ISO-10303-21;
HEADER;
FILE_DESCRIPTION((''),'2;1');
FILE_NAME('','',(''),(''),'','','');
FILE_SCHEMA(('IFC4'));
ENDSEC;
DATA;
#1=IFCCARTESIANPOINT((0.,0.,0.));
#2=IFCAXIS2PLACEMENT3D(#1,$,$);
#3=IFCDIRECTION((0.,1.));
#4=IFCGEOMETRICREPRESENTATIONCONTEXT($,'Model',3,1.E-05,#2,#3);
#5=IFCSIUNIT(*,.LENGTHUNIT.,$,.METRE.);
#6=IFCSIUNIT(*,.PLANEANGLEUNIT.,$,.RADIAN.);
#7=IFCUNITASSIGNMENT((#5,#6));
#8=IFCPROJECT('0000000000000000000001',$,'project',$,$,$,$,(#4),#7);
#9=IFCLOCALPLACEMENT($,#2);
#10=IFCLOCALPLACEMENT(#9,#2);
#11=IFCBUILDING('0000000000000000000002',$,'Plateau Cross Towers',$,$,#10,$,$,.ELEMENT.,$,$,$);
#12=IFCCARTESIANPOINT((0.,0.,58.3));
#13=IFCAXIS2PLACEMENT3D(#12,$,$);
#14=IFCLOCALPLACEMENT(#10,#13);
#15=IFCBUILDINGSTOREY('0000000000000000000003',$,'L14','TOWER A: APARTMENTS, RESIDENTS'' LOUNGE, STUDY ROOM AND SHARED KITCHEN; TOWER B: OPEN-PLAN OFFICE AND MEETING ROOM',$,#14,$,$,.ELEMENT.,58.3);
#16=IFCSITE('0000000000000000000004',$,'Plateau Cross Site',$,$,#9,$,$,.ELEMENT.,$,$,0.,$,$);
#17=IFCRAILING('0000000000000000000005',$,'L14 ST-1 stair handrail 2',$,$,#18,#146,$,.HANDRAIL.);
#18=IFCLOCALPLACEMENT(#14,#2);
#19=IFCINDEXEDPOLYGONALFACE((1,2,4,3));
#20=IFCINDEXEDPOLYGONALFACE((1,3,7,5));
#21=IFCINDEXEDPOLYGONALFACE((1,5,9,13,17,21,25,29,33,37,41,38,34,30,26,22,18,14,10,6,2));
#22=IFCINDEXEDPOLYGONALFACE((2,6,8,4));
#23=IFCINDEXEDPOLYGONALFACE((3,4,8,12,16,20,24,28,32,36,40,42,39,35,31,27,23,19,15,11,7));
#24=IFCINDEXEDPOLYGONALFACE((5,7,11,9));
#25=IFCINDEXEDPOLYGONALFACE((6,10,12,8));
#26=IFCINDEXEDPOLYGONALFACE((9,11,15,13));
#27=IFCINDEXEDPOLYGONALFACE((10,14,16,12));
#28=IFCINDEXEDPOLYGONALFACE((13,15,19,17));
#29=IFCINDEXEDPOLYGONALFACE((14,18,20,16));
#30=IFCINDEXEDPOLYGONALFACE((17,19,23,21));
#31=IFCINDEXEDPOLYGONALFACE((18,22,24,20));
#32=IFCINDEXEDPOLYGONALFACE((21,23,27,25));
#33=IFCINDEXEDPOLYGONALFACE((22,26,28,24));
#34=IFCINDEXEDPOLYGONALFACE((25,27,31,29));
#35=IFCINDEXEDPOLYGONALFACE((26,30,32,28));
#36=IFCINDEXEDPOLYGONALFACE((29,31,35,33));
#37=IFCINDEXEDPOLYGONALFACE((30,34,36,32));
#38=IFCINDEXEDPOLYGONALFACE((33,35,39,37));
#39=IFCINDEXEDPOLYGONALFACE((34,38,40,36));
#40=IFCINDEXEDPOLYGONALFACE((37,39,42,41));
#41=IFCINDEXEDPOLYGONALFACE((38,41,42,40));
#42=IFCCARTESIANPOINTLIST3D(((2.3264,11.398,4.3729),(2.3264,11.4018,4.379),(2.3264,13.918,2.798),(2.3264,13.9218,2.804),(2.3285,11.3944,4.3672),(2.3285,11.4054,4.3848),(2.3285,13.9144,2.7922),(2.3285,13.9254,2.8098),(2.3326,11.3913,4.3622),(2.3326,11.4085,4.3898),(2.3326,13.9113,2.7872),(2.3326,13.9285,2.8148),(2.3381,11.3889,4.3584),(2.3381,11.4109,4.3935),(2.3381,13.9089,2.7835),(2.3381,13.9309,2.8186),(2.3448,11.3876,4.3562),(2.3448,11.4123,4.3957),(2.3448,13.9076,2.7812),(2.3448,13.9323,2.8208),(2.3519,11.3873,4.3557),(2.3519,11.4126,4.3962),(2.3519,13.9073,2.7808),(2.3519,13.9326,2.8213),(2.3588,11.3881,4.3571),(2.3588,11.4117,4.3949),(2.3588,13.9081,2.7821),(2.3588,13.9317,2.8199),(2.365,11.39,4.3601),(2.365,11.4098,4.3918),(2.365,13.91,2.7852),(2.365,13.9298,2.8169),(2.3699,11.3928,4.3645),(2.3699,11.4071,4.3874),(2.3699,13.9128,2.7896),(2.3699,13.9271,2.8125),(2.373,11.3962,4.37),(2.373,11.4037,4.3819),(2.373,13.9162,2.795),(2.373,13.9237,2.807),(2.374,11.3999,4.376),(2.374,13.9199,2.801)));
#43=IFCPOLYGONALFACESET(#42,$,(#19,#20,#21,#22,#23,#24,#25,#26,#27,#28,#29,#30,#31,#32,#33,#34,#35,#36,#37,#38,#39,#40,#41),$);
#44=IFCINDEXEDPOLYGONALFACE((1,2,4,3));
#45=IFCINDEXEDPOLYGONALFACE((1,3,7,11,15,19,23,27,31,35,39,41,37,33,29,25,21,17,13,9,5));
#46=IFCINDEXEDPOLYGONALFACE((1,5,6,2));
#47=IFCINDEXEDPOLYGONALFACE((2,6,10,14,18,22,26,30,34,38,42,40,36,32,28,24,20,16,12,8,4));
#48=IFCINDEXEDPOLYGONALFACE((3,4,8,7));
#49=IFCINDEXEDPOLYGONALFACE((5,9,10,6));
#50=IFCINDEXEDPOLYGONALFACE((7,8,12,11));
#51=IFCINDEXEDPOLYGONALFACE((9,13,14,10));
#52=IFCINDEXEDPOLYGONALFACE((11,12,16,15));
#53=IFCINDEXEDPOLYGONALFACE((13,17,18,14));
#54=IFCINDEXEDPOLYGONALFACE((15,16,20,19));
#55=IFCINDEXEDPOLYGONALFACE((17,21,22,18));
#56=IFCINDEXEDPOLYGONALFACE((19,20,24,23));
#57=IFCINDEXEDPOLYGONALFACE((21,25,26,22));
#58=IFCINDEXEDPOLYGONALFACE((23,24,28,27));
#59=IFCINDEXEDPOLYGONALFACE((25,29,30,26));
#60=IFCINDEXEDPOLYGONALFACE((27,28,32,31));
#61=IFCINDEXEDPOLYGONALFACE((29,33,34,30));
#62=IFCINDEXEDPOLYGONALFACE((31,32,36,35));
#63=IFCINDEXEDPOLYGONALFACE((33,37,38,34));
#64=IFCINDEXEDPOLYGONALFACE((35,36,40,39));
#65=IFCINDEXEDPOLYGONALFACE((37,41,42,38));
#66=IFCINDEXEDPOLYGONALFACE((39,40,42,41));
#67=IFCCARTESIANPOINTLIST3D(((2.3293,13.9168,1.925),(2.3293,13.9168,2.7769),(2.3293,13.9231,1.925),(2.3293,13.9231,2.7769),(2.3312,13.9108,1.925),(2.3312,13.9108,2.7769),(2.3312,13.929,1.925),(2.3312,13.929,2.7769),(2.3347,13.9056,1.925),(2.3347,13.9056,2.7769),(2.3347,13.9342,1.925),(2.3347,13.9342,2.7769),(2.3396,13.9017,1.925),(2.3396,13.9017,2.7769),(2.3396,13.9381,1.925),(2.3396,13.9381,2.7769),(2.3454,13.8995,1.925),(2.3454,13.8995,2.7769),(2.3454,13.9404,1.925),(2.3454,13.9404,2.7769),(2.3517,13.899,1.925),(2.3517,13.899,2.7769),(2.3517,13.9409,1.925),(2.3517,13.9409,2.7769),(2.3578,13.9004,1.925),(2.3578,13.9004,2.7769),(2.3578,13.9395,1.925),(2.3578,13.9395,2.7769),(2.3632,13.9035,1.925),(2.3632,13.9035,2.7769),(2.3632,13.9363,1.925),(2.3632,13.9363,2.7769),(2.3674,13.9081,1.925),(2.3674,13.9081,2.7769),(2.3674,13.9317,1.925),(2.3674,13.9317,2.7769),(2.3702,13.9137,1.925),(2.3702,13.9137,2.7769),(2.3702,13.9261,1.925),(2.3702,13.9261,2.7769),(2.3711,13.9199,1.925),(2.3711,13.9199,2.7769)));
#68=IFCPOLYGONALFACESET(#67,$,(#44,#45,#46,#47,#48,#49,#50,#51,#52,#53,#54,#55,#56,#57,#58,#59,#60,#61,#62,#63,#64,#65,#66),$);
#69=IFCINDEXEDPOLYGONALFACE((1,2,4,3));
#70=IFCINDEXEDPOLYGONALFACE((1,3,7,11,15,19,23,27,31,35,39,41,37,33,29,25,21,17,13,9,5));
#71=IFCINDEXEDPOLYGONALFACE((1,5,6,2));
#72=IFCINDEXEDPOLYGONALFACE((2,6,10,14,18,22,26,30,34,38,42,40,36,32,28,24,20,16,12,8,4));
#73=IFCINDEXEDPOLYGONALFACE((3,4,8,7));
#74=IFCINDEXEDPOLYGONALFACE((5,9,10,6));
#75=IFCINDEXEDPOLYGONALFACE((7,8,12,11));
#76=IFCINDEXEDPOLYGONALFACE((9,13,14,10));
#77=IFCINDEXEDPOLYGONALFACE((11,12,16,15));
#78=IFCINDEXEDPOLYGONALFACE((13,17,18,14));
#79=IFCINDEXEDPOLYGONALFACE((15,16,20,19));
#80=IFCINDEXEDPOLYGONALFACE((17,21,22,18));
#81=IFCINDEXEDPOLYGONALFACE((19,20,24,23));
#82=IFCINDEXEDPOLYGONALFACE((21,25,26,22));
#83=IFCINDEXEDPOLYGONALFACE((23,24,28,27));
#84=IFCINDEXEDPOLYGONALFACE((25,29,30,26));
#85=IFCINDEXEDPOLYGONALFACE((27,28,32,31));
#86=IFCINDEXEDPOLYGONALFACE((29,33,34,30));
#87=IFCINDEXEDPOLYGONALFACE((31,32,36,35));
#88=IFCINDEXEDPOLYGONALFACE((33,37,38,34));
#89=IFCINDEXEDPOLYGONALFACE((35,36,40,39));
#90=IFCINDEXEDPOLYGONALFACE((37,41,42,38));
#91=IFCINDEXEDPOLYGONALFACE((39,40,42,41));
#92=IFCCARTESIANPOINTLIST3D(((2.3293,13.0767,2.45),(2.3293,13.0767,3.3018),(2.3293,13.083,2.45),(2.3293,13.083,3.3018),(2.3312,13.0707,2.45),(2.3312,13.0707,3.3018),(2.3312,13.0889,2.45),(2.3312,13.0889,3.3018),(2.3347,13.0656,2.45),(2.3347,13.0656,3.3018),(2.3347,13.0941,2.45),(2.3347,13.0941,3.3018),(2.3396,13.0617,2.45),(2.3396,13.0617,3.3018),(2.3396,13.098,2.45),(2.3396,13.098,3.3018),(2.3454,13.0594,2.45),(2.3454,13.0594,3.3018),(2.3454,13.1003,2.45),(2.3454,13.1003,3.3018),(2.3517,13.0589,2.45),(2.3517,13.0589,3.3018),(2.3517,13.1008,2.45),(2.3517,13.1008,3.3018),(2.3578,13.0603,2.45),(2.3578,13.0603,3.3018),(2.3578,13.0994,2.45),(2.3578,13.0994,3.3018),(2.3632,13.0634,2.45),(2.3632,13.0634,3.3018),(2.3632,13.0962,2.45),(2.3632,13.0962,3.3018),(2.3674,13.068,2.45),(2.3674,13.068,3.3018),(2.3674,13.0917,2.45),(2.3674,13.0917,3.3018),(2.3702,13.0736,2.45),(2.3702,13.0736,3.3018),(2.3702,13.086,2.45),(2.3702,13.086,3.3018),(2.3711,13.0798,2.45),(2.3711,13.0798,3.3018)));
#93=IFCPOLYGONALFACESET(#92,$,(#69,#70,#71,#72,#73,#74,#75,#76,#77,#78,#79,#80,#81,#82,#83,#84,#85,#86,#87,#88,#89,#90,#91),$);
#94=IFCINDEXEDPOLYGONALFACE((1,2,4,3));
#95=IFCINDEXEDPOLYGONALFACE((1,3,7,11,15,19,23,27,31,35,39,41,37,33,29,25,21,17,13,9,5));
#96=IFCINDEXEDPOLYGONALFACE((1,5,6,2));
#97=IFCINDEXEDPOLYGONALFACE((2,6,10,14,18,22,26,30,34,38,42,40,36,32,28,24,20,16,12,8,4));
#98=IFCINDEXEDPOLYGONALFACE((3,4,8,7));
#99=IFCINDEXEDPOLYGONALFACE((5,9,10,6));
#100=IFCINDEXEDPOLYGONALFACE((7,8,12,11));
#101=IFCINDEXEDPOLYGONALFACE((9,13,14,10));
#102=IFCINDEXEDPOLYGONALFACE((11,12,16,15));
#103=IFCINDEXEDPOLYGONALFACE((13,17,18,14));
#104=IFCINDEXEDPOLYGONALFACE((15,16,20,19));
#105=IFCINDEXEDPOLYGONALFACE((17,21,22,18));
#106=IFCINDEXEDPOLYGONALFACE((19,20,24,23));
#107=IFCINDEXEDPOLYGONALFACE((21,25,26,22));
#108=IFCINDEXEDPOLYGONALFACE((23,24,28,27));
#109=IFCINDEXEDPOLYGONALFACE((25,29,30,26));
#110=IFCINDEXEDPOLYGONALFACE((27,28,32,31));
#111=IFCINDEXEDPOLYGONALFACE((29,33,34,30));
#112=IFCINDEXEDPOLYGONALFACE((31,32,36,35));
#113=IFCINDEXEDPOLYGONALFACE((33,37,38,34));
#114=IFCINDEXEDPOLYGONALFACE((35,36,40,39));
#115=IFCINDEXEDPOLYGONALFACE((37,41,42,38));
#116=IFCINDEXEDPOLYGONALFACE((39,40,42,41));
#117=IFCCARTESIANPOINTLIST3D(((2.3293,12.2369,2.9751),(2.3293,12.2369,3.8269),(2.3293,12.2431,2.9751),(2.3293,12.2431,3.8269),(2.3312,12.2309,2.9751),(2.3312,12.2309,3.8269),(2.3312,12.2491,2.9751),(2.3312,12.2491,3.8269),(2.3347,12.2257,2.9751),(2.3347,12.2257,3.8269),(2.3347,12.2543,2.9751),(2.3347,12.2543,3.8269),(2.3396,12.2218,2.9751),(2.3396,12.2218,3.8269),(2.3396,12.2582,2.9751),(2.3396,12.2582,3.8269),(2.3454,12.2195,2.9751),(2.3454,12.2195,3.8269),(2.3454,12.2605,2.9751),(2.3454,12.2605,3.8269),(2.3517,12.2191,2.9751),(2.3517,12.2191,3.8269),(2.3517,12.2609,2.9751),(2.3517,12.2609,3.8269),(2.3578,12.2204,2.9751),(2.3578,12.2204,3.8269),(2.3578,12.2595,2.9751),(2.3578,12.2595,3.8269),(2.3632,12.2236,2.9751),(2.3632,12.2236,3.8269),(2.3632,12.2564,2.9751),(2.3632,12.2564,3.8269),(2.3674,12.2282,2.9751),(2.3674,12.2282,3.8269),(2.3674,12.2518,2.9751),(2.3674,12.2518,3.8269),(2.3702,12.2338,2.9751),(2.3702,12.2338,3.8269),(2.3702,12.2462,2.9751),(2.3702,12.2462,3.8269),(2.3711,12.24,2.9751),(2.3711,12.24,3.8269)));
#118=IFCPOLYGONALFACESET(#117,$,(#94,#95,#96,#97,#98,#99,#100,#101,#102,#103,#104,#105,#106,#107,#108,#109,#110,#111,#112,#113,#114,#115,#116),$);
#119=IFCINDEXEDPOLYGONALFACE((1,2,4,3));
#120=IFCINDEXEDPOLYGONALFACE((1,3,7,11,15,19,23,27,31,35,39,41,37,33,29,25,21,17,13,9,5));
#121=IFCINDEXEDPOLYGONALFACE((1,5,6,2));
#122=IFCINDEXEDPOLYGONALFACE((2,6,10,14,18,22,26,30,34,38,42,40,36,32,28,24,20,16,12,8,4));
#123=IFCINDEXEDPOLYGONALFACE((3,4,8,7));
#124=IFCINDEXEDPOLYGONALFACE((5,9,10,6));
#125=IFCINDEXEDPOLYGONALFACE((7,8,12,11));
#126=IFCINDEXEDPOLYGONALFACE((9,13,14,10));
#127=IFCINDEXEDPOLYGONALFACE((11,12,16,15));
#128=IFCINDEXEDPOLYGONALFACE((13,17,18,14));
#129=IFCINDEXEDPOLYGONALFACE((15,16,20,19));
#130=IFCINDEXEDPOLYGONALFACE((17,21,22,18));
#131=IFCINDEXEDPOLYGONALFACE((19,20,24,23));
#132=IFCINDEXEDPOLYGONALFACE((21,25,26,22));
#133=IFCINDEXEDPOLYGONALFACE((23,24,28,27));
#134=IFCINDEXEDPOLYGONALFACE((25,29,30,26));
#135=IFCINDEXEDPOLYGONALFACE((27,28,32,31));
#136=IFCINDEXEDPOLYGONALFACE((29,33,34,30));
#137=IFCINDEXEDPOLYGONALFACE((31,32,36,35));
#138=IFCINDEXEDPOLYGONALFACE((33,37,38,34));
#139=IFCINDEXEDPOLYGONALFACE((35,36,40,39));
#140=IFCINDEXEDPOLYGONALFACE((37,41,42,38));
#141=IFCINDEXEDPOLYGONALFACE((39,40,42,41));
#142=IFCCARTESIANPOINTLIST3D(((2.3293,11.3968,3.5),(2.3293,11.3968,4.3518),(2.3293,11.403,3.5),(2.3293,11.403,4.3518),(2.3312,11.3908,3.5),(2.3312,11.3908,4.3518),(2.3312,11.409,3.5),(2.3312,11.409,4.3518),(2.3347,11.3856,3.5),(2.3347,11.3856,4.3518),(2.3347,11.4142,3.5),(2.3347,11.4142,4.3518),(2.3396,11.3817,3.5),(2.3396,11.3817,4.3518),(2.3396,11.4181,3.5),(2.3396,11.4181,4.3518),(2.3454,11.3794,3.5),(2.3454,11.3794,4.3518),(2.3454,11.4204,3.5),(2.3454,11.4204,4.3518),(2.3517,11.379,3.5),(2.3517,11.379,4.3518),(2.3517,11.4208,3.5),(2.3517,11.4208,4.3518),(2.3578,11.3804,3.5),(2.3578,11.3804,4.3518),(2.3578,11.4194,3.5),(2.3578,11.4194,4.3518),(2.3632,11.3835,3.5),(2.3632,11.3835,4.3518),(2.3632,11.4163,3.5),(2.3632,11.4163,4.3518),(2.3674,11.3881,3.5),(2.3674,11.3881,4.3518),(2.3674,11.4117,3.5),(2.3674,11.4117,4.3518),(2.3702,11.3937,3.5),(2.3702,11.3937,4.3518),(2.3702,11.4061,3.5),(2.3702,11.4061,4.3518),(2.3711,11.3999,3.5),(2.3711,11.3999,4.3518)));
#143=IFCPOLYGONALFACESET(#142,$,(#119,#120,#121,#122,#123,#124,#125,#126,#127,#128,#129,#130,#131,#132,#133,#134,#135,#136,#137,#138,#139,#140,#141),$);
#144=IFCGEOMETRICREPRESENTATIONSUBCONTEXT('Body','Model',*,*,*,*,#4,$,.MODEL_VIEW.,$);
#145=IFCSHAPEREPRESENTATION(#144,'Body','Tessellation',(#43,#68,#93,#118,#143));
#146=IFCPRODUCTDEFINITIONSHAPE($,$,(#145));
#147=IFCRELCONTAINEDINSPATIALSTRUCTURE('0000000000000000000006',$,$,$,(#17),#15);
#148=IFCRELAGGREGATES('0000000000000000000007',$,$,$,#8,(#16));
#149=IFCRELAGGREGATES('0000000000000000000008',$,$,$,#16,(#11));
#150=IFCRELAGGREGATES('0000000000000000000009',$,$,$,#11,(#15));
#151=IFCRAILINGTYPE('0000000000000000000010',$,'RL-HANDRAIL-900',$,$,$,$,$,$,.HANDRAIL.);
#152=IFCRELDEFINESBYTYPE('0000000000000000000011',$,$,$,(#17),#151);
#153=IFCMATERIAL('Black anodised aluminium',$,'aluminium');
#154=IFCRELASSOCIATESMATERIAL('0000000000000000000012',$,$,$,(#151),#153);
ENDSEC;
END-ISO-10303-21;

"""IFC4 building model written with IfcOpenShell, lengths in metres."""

from ifc_helpers import new_model, si_unit, direction, frame, origin, origin_2d, place, context, subcontext, project, spatial, circle, extrude, material, type_object, element, save


model = new_model("IFC4")

# Units and contexts
model_context = context("Model", 3, precision=1e-05, world=origin(), true_north=direction((0.0, 1.0)))
body_context = subcontext(model_context, "Body", "Model", "MODEL_VIEW")
ifc_project = project(units=[si_unit("LENGTHUNIT", "METRE"), si_unit("PLANEANGLEUNIT", "RADIAN")], contexts=[model_context])

# Site, building, storey
site_placement = place(None, origin())
site = spatial("IfcSite", under=ifc_project, at=site_placement, Name="Plateau Cross Site", CompositionType="ELEMENT", RefElevation=0.0)
building_placement = place(site_placement, origin())
building = spatial("IfcBuilding", under=site, at=building_placement, Name="Plateau Cross Towers", CompositionType="ELEMENT")
storey_placement = place(building_placement, frame((0.0, 0.0, 58.3)))
storey = spatial("IfcBuildingStorey", under=building, at=storey_placement, Name="L14", Description="TOWER A: APARTMENTS, RESIDENTS' LOUNGE, STUDY ROOM AND SHARED KITCHEN; TOWER B: OPEN-PLAN OFFICE AND MEETING ROOM", CompositionType="ELEMENT", Elevation=58.3)

# Shared definitions
ifc_material_1 = material(Name="Black anodised aluminium", Category="aluminium")

# Railing
railing_type_1 = type_object("IfcRailingType", Name="RL-HANDRAIL-900", PredefinedType="HANDRAIL", material=ifc_material_1)
railing_1_placement = place(storey_placement, frame((2.3501, 13.9199, 1.925)))
element("IfcRailing", 1, at=railing_1_placement, inside=storey, type_object=railing_type_1, Name="L14 ST-1 stair handrail 2", PredefinedType="HANDRAIL", context=body_context, shape_type="SweptSolid", body=[
    extrude(circle(Radius=0.0239, at=origin_2d()), frame((0.0, 0.0, 0.876), z_axis=(0.0, -0.848008, 0.529984), x_axis=(1.0, 0.0, 0.0)), (0.0, 0.0, 1.0), 2.9717),
    extrude(circle(Radius=0.021, at=origin_2d()), origin(), (0.0, 0.0, 1.0), 0.8518),
    extrude(circle(Radius=0.021, at=origin_2d()), frame((0.0, -0.8401, 0.5249)), (0.0, 0.0, 1.0), 0.8518),
    extrude(circle(Radius=0.021, at=origin_2d()), frame((0.0, -1.6799, 1.05)), (0.0, 0.0, 1.0), 0.8518),
    extrude(circle(Radius=0.021, at=origin_2d()), frame((0.0, -2.52, 1.575)), (0.0, 0.0, 1.0), 0.8518),
])

save(model, "model.ifc")
